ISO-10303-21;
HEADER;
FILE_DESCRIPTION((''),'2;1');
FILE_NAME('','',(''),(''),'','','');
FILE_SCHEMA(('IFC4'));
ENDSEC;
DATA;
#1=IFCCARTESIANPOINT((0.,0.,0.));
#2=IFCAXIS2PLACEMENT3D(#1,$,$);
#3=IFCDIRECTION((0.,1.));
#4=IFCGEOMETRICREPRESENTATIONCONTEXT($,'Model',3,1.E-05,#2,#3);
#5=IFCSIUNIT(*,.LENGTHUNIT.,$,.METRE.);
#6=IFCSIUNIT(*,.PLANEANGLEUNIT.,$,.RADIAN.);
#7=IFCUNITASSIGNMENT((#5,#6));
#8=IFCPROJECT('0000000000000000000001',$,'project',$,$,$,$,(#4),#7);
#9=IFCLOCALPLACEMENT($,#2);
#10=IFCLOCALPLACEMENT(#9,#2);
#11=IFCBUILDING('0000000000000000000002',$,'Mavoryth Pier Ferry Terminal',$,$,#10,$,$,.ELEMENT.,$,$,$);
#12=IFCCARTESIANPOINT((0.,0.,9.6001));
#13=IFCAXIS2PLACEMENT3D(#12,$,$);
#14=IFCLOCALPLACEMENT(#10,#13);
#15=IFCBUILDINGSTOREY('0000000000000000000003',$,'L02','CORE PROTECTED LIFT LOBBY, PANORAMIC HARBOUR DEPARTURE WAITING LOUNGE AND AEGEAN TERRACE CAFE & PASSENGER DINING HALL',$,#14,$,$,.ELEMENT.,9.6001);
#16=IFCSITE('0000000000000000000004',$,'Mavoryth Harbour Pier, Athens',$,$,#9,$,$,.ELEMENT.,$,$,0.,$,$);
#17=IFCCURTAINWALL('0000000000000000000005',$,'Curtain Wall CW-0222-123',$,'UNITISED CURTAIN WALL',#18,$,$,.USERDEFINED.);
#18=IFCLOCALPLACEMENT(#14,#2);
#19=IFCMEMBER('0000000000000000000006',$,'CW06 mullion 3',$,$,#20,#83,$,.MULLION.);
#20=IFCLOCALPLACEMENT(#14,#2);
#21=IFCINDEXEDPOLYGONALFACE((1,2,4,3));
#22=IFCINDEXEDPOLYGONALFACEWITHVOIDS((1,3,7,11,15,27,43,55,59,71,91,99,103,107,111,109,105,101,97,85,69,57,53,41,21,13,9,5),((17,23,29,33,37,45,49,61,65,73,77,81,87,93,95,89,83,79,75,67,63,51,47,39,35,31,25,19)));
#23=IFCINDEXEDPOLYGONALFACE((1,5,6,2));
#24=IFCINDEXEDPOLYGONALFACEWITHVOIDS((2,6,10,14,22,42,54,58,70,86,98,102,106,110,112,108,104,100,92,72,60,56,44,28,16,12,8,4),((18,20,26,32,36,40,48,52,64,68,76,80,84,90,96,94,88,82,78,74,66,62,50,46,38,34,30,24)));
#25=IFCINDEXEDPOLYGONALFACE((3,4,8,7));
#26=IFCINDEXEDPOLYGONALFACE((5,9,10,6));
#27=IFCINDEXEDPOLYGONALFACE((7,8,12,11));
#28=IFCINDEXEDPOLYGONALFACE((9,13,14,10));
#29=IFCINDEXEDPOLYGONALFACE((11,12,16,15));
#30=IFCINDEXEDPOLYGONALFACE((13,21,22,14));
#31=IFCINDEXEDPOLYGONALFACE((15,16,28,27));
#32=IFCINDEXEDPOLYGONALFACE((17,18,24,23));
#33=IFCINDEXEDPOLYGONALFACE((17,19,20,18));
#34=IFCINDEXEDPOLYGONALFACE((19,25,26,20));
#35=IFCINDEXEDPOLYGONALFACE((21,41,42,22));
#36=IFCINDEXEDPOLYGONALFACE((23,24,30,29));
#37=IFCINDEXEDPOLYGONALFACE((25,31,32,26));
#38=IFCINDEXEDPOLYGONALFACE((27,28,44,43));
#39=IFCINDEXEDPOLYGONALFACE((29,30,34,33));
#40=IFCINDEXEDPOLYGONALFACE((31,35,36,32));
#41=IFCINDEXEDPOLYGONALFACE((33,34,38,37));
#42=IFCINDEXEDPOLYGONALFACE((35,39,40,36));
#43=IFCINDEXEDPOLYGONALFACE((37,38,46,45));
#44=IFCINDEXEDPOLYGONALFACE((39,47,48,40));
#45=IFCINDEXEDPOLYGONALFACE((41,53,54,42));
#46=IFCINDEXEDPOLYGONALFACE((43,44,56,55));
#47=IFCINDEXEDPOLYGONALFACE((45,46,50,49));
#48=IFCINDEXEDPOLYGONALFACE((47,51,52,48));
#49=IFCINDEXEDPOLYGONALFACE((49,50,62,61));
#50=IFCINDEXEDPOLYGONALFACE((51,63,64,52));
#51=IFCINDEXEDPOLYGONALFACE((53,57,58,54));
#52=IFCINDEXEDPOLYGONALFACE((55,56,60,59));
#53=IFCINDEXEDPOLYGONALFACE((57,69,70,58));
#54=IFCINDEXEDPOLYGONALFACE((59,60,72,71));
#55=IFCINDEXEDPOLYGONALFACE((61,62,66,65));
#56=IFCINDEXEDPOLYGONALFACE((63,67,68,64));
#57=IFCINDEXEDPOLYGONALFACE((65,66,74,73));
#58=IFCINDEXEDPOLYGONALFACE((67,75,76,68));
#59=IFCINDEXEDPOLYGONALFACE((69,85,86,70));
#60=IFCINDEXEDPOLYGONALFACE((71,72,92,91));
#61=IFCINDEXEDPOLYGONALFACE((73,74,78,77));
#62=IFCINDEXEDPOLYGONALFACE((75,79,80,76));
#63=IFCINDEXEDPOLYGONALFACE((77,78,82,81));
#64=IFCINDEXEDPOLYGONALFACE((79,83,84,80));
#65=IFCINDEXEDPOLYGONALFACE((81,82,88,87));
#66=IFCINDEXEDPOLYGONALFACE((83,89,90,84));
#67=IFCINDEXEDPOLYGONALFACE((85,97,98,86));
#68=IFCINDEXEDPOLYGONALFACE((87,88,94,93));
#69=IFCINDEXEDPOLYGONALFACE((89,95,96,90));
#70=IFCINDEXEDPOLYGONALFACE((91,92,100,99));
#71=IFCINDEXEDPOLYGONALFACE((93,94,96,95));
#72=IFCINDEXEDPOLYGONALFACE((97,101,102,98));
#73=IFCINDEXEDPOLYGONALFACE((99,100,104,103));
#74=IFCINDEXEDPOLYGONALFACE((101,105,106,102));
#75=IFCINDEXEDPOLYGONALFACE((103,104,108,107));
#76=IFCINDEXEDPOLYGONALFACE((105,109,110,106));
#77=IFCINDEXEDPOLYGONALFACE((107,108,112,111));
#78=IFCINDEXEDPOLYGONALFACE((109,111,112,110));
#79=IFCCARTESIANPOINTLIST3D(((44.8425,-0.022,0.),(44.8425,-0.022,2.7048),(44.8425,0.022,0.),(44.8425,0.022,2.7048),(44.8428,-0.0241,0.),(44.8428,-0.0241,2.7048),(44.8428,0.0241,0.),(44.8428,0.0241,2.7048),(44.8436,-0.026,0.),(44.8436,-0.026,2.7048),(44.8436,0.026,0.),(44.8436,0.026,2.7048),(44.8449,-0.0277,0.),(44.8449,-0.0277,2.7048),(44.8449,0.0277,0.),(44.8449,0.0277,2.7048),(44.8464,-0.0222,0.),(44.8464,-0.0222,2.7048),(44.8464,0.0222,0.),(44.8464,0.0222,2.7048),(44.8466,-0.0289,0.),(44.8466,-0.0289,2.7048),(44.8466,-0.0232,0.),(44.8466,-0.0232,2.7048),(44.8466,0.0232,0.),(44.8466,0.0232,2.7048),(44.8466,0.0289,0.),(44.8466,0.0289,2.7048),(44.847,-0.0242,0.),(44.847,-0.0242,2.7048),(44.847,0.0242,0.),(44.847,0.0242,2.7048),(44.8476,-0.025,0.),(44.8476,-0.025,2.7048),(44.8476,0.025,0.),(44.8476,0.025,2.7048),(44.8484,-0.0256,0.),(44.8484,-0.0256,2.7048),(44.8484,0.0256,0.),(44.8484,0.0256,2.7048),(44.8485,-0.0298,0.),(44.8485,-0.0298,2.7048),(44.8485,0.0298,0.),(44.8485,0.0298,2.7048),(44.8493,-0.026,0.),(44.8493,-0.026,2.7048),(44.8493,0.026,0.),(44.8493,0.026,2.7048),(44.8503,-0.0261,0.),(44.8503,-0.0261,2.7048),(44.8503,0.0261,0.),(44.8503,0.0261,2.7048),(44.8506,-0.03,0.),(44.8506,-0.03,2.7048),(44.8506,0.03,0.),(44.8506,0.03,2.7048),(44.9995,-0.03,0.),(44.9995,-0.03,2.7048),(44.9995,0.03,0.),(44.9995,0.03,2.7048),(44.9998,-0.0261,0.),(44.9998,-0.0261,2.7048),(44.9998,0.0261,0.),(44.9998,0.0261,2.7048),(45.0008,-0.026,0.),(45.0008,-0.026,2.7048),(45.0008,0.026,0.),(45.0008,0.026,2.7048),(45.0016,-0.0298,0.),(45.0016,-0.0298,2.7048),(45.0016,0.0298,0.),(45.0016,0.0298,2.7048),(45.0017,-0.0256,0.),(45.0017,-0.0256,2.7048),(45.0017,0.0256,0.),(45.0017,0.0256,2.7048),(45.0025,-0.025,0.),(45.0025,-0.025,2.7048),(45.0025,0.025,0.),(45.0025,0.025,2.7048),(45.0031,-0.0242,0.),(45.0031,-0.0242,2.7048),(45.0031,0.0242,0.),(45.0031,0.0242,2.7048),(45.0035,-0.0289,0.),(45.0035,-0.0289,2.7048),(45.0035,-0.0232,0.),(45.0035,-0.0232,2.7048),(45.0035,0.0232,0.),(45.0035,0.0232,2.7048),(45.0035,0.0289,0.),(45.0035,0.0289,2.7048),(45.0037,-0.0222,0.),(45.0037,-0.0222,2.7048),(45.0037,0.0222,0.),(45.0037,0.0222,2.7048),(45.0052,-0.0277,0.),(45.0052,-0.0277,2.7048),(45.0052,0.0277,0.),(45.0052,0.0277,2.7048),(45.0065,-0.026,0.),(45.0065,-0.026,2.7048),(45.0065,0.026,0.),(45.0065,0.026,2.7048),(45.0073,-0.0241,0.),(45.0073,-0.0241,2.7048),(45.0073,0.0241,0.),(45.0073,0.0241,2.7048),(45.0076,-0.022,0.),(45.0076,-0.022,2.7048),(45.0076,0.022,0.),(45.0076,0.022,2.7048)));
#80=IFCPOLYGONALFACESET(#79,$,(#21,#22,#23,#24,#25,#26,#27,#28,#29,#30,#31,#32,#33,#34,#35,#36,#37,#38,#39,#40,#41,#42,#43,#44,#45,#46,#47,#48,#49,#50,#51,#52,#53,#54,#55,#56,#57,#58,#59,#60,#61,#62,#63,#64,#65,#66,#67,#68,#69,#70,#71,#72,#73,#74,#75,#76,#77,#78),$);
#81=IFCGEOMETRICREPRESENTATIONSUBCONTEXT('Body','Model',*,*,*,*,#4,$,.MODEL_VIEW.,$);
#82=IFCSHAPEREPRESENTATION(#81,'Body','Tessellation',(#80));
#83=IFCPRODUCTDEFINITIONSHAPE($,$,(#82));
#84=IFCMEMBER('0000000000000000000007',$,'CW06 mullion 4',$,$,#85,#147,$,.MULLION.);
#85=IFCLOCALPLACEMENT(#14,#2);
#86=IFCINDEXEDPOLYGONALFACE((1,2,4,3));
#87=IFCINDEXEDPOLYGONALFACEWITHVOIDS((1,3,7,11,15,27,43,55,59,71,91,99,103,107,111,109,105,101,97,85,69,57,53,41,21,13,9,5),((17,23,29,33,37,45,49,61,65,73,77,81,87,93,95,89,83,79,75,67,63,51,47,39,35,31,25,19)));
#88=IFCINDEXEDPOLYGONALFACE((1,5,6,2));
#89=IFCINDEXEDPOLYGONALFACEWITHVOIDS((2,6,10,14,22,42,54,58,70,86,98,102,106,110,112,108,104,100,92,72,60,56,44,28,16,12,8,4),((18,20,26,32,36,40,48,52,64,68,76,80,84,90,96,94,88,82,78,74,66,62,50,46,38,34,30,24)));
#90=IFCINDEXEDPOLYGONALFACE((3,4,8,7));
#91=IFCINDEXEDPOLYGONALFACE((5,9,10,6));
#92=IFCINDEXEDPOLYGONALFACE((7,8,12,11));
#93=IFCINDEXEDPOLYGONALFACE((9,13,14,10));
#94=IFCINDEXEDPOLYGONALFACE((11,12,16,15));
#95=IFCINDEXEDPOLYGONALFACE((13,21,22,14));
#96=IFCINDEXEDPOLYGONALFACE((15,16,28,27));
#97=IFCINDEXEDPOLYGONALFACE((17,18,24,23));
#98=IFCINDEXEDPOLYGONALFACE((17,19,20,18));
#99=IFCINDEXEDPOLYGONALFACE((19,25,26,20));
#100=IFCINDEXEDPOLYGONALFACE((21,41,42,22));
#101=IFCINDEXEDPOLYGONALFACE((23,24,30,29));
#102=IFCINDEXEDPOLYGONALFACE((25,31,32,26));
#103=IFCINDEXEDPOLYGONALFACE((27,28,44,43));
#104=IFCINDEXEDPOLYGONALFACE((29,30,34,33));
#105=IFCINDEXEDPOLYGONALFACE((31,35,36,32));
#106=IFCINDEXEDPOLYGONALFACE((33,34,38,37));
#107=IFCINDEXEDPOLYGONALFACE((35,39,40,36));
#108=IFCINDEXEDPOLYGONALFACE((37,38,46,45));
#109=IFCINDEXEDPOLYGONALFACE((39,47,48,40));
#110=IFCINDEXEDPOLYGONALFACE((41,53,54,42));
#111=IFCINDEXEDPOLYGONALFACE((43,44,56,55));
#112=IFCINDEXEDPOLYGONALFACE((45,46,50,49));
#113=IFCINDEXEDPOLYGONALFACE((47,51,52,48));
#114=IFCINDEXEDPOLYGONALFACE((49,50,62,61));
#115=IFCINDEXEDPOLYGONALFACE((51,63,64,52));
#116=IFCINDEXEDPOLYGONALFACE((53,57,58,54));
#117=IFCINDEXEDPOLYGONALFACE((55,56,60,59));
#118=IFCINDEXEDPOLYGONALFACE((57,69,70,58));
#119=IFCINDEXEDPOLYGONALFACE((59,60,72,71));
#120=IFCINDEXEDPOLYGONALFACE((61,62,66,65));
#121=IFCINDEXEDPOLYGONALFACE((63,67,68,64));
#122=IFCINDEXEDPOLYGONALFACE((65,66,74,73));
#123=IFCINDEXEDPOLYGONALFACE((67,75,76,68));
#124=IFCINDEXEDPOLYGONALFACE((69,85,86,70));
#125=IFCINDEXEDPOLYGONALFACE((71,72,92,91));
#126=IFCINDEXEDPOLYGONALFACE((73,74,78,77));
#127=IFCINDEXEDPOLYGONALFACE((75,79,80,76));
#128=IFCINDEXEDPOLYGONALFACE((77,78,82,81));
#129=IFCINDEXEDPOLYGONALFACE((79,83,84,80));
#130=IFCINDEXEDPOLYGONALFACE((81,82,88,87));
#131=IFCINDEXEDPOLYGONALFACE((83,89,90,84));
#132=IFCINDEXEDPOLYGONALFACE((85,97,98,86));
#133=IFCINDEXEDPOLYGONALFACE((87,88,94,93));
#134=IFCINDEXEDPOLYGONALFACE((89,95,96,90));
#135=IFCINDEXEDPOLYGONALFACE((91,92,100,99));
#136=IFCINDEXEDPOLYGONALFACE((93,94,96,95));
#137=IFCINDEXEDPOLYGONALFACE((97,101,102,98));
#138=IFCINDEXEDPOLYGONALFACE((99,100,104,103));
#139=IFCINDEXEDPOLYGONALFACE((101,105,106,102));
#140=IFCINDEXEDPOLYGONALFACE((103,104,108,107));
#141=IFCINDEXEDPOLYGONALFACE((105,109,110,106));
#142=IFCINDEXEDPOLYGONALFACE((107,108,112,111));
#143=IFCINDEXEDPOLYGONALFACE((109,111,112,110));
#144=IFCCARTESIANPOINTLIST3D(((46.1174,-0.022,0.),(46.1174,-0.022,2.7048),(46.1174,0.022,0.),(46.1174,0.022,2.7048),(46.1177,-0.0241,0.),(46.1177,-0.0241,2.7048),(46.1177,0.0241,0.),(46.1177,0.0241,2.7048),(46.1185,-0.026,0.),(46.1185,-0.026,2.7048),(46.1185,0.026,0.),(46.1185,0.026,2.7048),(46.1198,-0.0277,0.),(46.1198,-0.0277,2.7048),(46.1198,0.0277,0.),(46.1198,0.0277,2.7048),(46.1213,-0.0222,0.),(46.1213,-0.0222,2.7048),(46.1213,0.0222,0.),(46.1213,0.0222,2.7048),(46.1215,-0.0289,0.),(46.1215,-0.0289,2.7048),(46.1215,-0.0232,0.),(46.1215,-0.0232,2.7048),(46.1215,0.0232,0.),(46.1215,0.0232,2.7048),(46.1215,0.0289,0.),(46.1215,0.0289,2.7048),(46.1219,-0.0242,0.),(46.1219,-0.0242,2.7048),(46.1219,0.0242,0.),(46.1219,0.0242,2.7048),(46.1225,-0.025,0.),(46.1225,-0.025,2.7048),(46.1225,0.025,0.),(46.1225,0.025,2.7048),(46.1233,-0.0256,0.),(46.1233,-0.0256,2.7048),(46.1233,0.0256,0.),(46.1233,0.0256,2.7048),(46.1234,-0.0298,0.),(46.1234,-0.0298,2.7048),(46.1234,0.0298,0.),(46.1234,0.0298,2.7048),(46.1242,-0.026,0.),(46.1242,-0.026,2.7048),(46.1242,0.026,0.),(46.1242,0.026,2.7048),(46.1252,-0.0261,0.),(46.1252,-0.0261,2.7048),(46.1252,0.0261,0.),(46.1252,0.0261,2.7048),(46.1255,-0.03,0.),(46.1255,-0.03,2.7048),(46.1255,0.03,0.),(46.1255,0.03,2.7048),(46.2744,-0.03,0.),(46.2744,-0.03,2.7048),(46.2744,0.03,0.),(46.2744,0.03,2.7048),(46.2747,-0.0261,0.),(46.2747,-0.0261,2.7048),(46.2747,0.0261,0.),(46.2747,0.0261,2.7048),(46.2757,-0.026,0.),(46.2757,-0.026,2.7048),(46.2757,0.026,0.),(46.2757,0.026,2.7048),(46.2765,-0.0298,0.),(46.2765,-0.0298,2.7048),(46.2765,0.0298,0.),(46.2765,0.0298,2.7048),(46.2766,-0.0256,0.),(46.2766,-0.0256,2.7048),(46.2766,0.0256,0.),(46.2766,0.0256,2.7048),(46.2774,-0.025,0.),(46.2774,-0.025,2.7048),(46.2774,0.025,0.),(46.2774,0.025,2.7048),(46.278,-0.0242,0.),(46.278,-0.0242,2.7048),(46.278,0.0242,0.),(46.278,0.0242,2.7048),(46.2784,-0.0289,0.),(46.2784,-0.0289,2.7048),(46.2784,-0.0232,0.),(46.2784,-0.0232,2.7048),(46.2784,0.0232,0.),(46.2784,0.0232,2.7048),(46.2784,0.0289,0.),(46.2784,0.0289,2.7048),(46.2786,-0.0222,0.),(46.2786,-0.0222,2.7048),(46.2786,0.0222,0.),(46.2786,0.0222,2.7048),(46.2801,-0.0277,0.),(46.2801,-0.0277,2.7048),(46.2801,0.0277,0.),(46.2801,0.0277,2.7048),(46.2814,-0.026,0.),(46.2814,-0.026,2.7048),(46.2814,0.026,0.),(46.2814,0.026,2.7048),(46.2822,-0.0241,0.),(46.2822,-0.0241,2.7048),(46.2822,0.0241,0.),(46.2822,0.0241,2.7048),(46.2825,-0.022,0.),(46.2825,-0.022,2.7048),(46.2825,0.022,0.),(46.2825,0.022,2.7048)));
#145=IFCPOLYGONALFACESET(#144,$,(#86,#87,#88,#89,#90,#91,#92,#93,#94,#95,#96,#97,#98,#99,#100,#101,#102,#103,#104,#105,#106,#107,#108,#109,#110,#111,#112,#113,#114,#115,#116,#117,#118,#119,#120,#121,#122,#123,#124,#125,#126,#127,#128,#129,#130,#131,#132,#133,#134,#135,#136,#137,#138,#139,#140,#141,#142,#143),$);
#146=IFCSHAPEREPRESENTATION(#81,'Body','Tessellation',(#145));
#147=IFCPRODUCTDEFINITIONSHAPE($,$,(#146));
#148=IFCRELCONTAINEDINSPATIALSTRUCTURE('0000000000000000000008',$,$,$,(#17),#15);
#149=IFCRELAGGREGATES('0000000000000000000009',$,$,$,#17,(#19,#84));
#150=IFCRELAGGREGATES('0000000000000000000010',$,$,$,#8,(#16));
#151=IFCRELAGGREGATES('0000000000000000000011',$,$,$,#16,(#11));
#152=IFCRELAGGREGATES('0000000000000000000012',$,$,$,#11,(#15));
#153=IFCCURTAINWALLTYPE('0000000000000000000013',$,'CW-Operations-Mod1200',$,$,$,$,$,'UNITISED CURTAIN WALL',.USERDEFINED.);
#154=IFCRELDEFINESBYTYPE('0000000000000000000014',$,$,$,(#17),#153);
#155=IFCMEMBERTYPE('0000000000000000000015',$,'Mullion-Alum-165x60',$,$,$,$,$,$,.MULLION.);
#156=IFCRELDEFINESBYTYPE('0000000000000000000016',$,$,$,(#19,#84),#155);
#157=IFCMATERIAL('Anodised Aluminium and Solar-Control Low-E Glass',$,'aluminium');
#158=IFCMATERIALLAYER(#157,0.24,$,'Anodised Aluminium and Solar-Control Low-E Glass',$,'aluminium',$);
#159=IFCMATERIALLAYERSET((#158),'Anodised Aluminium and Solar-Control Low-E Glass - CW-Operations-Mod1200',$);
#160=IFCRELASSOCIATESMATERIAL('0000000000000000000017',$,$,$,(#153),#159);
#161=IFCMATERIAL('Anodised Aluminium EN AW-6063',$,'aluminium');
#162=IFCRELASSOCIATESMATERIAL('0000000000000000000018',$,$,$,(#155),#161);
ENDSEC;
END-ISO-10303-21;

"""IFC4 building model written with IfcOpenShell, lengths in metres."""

from ifc_helpers import new_model, si_unit, direction, frame, origin, origin_2d, place, context, subcontext, project, spatial, hollow_rectangle, extrude, material, layer, layer_set, material_profile, profile_set, type_object, element, aggregate, save


model = new_model("IFC4")

# Units and contexts
model_context = context("Model", 3, precision=1e-05, world=origin(), true_north=direction((0.0, 1.0)))
body_context = subcontext(model_context, "Body", "Model", "MODEL_VIEW")
ifc_project = project(units=[si_unit("LENGTHUNIT", "METRE"), si_unit("PLANEANGLEUNIT", "RADIAN")], contexts=[model_context])

# Site, building, storey
site_placement = place(None, origin())
site = spatial("IfcSite", under=ifc_project, at=site_placement, Name="Mavoryth Harbour Pier, Athens", CompositionType="ELEMENT", RefElevation=0.0)
building_placement = place(site_placement, origin())
building = spatial("IfcBuilding", under=site, at=building_placement, Name="Mavoryth Pier Ferry Terminal", CompositionType="ELEMENT")
storey_placement = place(building_placement, frame((0.0, 0.0, 9.6001)))
storey = spatial("IfcBuildingStorey", under=building, at=storey_placement, Name="L02", Description="CORE PROTECTED LIFT LOBBY, PANORAMIC HARBOUR DEPARTURE WAITING LOUNGE AND AEGEAN TERRACE CAFE & PASSENGER DINING HALL", CompositionType="ELEMENT", Elevation=9.6001)

# Curtain wall, members
ifc_material_1 = material(Name="Anodised Aluminium and Solar-Control Low-E Glass", Category="aluminium")
ifc_layer_1 = layer(ifc_material_1, 0.24, Name="Anodised Aluminium and Solar-Control Low-E Glass", Category="aluminium")
ifc_layer_set_1 = layer_set([ifc_layer_1], Name="Anodised Aluminium and Solar-Control Low-E Glass - CW-Operations-Mod1200")
curtain_wall_type = type_object("IfcCurtainWallType", Name="CW-Operations-Mod1200", ElementType="UNITISED CURTAIN WALL", PredefinedType="USERDEFINED", material=ifc_layer_set_1)
curtain_wall_placement = place(storey_placement, origin())
curtain_wall = element("IfcCurtainWall", 1, at=curtain_wall_placement, inside=storey, type_object=curtain_wall_type, Name="Curtain Wall CW-0222-123", ObjectType="UNITISED CURTAIN WALL", PredefinedType="USERDEFINED")
ifc_material_2 = material(Name="Anodised Aluminium EN AW-6063", Category="aluminium")
ifc_material_profile_1 = material_profile(ifc_material_2, hollow_rectangle(XDim=0.0601, YDim=0.165, WallThickness=0.0039, InnerFilletRadius=0.0039, OuterFilletRadius=0.0081, at=origin_2d()), Name="AL-MULL 165x60x4", Category="aluminium")
ifc_profile_set_1 = profile_set([ifc_material_profile_1], Name="Anodised Aluminium EN AW-6063 - AL-MULL 165x60x4")
member_type_1 = type_object("IfcMemberType", Name="Mullion-Alum-165x60", PredefinedType="MULLION", material=ifc_profile_set_1)
member_1_placement = place(storey_placement, frame((44.925, 0.0, 0.0), z_axis=(0.0, 0.0, 1.0), x_axis=(0.0, 1.0, 0.0)))
member_1 = element("IfcMember", 2, at=member_1_placement, type_object=member_type_1, Name="CW06 mullion 3", PredefinedType="MULLION", context=body_context, shape_type="SweptSolid", body=[
    extrude(hollow_rectangle(XDim=0.0601, YDim=0.165, WallThickness=0.0039, InnerFilletRadius=0.0039, OuterFilletRadius=0.0081, at=origin_2d()), origin(), (0.0, 0.0, 1.0), 2.7048),
])
member_2_placement = place(storey_placement, frame((46.2, 0.0, 0.0), z_axis=(0.0, 0.0, 1.0), x_axis=(0.0, 1.0, 0.0)))
member_2 = element("IfcMember", 3, at=member_2_placement, type_object=member_type_1, Name="CW06 mullion 4", PredefinedType="MULLION", context=body_context, shape_type="SweptSolid", body=[
    extrude(hollow_rectangle(XDim=0.0601, YDim=0.165, WallThickness=0.0039, InnerFilletRadius=0.0039, OuterFilletRadius=0.0081, at=origin_2d()), origin(), (0.0, 0.0, 1.0), 2.7048),
])

aggregate(curtain_wall, [member_1, member_2])

save(model, "model.ifc")
